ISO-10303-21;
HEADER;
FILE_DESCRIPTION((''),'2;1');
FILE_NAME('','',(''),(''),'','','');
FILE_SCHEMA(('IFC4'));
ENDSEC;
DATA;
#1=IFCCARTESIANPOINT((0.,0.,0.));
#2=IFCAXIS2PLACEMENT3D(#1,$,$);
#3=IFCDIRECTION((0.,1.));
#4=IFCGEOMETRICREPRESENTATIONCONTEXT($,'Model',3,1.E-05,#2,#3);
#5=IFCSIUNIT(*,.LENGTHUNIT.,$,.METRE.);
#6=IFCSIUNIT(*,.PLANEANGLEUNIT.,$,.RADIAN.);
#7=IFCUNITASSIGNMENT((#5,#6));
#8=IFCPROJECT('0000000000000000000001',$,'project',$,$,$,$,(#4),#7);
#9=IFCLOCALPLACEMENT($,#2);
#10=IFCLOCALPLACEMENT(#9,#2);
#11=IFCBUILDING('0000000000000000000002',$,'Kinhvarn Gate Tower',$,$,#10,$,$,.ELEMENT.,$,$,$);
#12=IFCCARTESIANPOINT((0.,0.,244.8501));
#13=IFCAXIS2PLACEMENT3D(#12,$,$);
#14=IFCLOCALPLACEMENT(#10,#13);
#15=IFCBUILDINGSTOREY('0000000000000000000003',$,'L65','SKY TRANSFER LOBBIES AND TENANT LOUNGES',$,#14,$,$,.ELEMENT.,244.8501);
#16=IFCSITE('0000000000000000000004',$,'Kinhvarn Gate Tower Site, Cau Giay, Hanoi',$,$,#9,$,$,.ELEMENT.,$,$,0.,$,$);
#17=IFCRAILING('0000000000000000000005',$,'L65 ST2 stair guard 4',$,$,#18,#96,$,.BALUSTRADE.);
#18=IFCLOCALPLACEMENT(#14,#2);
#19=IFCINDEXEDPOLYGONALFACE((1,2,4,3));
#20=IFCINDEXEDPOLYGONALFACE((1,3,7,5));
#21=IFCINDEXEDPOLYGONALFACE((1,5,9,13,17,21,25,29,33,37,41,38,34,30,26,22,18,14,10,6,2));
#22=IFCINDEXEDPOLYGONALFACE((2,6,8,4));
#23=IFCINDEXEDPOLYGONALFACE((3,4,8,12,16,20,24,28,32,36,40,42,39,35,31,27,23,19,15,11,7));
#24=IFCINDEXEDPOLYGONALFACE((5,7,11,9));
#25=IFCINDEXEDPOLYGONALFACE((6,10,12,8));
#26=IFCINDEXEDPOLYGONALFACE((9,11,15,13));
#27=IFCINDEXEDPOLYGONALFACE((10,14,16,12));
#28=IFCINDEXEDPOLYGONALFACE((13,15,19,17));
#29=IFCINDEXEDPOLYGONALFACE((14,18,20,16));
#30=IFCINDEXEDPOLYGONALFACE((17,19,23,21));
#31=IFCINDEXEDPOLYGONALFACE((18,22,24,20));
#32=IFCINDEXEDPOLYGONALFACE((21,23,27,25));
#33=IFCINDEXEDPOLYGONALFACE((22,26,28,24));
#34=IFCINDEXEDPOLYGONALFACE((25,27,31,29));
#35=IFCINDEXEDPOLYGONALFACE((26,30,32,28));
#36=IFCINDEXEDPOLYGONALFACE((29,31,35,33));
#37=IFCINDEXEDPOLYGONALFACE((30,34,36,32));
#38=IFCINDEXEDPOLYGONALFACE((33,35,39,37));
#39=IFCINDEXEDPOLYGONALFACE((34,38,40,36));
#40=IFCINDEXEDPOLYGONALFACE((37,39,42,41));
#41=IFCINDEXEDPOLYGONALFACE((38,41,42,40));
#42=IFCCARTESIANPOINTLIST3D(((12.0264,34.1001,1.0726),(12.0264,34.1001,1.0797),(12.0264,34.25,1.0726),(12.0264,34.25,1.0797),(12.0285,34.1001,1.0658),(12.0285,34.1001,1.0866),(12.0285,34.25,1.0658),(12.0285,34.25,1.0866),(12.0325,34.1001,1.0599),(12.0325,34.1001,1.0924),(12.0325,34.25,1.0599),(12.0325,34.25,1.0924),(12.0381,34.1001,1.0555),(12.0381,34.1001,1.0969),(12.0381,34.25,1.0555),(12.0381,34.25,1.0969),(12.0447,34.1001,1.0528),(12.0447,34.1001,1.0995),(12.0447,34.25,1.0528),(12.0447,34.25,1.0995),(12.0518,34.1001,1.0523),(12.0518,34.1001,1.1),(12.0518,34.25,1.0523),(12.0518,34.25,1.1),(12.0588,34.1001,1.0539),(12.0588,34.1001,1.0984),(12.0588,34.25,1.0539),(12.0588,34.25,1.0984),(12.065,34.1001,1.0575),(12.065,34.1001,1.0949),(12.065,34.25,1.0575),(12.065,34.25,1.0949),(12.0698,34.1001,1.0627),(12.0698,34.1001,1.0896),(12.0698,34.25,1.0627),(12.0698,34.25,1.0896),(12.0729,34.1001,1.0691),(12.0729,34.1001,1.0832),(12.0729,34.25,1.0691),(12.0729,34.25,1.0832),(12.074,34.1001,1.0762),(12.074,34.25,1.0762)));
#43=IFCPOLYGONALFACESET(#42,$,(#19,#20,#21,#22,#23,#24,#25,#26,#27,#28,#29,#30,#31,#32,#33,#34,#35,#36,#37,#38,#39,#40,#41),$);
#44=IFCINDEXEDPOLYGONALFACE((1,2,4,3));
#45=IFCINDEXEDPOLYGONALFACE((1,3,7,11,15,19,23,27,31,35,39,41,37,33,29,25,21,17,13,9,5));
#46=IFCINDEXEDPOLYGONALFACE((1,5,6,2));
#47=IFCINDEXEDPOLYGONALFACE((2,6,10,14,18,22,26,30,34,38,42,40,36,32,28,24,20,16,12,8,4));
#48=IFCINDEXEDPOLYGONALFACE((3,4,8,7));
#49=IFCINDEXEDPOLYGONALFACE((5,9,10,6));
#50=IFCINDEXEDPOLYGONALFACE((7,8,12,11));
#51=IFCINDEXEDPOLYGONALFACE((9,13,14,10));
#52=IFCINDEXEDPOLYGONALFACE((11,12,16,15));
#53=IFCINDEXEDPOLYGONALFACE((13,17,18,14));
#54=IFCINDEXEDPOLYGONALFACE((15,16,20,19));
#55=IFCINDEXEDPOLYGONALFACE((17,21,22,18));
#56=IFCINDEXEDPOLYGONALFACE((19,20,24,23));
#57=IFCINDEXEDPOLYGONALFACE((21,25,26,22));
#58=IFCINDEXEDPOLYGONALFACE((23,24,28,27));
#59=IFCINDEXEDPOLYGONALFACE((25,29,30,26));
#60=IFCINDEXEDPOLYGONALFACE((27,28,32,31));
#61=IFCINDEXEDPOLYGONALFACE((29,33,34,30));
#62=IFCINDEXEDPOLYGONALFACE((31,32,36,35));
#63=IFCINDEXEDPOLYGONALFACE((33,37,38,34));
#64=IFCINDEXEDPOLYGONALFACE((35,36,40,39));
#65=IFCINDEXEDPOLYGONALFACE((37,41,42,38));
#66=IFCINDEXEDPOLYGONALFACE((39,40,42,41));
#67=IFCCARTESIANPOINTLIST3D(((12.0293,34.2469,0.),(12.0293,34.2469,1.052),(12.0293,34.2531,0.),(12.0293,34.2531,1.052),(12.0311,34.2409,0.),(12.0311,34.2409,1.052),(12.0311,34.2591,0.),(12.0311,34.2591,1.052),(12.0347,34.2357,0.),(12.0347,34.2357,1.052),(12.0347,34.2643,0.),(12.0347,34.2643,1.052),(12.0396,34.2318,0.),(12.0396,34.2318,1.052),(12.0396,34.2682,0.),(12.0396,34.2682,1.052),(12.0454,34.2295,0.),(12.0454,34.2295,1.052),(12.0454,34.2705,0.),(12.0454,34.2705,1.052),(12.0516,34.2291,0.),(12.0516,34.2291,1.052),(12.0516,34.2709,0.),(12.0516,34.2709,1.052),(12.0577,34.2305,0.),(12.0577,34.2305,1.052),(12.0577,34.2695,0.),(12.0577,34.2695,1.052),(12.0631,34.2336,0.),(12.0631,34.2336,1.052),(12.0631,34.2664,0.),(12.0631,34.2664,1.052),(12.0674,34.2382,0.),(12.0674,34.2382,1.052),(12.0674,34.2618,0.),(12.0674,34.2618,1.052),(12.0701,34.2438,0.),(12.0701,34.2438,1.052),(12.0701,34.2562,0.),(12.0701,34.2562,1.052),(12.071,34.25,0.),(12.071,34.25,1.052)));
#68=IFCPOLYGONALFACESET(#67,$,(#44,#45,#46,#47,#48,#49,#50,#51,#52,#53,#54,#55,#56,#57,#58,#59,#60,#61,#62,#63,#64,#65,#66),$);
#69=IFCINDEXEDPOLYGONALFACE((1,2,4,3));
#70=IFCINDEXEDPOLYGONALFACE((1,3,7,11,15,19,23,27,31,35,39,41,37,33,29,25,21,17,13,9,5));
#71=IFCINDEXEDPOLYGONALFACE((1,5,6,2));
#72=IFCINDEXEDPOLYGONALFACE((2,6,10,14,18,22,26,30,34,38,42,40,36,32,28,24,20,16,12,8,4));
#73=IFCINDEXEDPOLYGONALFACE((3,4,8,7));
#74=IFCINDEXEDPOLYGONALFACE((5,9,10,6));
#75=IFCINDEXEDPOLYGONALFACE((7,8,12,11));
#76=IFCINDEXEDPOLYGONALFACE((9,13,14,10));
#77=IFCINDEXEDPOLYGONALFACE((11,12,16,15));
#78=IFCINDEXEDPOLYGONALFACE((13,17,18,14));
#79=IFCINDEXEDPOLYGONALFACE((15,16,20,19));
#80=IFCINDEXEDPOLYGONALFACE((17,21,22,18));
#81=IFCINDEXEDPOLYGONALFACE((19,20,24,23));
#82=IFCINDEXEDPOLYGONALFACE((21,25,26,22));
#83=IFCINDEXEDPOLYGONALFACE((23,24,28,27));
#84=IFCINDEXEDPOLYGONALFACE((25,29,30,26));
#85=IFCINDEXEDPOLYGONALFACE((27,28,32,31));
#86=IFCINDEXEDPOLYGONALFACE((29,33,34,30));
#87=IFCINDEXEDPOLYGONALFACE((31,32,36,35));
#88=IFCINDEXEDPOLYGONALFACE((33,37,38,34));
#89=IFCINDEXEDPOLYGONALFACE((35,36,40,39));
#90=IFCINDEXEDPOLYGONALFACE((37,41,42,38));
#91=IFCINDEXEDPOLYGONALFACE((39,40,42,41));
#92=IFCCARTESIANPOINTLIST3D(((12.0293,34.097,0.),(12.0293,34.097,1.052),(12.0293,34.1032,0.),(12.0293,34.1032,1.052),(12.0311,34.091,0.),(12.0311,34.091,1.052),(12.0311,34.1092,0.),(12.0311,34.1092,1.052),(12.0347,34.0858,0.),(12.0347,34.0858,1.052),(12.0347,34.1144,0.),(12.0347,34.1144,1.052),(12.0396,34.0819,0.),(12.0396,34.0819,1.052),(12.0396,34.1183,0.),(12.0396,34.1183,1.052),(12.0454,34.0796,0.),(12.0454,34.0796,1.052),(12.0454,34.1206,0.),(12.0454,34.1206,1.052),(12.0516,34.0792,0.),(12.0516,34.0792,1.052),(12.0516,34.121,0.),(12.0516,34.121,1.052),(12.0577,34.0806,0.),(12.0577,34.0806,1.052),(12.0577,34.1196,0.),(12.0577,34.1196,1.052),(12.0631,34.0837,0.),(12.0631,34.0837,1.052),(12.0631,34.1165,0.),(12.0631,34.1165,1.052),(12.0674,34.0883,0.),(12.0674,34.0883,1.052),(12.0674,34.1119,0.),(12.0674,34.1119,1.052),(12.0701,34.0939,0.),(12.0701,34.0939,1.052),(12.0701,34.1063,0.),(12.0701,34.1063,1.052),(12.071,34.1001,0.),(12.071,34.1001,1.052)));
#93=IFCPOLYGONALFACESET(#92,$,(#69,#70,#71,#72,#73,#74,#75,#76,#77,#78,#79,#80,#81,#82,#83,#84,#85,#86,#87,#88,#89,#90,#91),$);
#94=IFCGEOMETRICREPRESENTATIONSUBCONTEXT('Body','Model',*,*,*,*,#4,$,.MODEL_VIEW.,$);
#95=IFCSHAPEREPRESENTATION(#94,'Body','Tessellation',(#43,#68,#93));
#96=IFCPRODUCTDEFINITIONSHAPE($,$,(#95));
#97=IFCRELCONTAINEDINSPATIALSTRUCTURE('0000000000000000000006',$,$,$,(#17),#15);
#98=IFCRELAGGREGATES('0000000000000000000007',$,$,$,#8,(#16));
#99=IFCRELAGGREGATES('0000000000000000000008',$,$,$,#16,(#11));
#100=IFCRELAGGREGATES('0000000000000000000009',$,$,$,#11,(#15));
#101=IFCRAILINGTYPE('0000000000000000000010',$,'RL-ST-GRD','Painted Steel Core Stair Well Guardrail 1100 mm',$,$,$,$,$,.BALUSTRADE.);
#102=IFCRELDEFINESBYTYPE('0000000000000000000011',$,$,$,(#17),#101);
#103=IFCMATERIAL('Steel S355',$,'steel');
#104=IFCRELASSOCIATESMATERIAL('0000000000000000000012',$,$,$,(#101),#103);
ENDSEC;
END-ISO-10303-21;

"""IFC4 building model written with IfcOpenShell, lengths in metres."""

from ifc_helpers import new_model, si_unit, direction, frame, origin, origin_2d, place, context, subcontext, project, spatial, circle, extrude, material, type_object, element, save


model = new_model("IFC4")

# Units and contexts
model_context = context("Model", 3, precision=1e-05, world=origin(), true_north=direction((0.0, 1.0)))
body_context = subcontext(model_context, "Body", "Model", "MODEL_VIEW")
ifc_project = project(units=[si_unit("LENGTHUNIT", "METRE"), si_unit("PLANEANGLEUNIT", "RADIAN")], contexts=[model_context])

# Site, building, storey
site_placement = place(None, origin())
site = spatial("IfcSite", under=ifc_project, at=site_placement, Name="Kinhvarn Gate Tower Site, Cau Giay, Hanoi", CompositionType="ELEMENT", RefElevation=0.0)
building_placement = place(site_placement, origin())
building = spatial("IfcBuilding", under=site, at=building_placement, Name="Kinhvarn Gate Tower", CompositionType="ELEMENT")
storey_placement = place(building_placement, frame((0.0, 0.0, 244.8501)))
storey = spatial("IfcBuildingStorey", under=building, at=storey_placement, Name="L65", Description="SKY TRANSFER LOBBIES AND TENANT LOUNGES", CompositionType="ELEMENT", Elevation=244.8501)

# Shared definitions
ifc_material_1 = material(Name="Steel S355", Category="steel")

# Railing
railing_type_1 = type_object("IfcRailingType", Name="RL-ST-GRD", Description="Painted Steel Core Stair Well Guardrail 1100 mm", PredefinedType="BALUSTRADE", material=ifc_material_1)
railing_1_placement = place(storey_placement, frame((12.05, 34.25, 0.0)))
element("IfcRailing", 1, at=railing_1_placement, inside=storey, type_object=railing_type_1, Name="L65 ST2 stair guard 4", PredefinedType="BALUSTRADE", context=body_context, shape_type="SweptSolid", body=[
    extrude(circle(Radius=0.0239, at=origin_2d()), frame((0.0, 0.0, 1.0762), z_axis=(0.0, -1.0, 0.0), x_axis=(1.0, 0.0, 0.0)), (0.0, 0.0, 1.0), 0.1499),
    extrude(circle(Radius=0.021, at=origin_2d()), origin(), (0.0, 0.0, 1.0), 1.052),
    extrude(circle(Radius=0.021, at=origin_2d()), frame((0.0, -0.1499, 0.0)), (0.0, 0.0, 1.0), 1.052),
])

save(model, "model.ifc")
